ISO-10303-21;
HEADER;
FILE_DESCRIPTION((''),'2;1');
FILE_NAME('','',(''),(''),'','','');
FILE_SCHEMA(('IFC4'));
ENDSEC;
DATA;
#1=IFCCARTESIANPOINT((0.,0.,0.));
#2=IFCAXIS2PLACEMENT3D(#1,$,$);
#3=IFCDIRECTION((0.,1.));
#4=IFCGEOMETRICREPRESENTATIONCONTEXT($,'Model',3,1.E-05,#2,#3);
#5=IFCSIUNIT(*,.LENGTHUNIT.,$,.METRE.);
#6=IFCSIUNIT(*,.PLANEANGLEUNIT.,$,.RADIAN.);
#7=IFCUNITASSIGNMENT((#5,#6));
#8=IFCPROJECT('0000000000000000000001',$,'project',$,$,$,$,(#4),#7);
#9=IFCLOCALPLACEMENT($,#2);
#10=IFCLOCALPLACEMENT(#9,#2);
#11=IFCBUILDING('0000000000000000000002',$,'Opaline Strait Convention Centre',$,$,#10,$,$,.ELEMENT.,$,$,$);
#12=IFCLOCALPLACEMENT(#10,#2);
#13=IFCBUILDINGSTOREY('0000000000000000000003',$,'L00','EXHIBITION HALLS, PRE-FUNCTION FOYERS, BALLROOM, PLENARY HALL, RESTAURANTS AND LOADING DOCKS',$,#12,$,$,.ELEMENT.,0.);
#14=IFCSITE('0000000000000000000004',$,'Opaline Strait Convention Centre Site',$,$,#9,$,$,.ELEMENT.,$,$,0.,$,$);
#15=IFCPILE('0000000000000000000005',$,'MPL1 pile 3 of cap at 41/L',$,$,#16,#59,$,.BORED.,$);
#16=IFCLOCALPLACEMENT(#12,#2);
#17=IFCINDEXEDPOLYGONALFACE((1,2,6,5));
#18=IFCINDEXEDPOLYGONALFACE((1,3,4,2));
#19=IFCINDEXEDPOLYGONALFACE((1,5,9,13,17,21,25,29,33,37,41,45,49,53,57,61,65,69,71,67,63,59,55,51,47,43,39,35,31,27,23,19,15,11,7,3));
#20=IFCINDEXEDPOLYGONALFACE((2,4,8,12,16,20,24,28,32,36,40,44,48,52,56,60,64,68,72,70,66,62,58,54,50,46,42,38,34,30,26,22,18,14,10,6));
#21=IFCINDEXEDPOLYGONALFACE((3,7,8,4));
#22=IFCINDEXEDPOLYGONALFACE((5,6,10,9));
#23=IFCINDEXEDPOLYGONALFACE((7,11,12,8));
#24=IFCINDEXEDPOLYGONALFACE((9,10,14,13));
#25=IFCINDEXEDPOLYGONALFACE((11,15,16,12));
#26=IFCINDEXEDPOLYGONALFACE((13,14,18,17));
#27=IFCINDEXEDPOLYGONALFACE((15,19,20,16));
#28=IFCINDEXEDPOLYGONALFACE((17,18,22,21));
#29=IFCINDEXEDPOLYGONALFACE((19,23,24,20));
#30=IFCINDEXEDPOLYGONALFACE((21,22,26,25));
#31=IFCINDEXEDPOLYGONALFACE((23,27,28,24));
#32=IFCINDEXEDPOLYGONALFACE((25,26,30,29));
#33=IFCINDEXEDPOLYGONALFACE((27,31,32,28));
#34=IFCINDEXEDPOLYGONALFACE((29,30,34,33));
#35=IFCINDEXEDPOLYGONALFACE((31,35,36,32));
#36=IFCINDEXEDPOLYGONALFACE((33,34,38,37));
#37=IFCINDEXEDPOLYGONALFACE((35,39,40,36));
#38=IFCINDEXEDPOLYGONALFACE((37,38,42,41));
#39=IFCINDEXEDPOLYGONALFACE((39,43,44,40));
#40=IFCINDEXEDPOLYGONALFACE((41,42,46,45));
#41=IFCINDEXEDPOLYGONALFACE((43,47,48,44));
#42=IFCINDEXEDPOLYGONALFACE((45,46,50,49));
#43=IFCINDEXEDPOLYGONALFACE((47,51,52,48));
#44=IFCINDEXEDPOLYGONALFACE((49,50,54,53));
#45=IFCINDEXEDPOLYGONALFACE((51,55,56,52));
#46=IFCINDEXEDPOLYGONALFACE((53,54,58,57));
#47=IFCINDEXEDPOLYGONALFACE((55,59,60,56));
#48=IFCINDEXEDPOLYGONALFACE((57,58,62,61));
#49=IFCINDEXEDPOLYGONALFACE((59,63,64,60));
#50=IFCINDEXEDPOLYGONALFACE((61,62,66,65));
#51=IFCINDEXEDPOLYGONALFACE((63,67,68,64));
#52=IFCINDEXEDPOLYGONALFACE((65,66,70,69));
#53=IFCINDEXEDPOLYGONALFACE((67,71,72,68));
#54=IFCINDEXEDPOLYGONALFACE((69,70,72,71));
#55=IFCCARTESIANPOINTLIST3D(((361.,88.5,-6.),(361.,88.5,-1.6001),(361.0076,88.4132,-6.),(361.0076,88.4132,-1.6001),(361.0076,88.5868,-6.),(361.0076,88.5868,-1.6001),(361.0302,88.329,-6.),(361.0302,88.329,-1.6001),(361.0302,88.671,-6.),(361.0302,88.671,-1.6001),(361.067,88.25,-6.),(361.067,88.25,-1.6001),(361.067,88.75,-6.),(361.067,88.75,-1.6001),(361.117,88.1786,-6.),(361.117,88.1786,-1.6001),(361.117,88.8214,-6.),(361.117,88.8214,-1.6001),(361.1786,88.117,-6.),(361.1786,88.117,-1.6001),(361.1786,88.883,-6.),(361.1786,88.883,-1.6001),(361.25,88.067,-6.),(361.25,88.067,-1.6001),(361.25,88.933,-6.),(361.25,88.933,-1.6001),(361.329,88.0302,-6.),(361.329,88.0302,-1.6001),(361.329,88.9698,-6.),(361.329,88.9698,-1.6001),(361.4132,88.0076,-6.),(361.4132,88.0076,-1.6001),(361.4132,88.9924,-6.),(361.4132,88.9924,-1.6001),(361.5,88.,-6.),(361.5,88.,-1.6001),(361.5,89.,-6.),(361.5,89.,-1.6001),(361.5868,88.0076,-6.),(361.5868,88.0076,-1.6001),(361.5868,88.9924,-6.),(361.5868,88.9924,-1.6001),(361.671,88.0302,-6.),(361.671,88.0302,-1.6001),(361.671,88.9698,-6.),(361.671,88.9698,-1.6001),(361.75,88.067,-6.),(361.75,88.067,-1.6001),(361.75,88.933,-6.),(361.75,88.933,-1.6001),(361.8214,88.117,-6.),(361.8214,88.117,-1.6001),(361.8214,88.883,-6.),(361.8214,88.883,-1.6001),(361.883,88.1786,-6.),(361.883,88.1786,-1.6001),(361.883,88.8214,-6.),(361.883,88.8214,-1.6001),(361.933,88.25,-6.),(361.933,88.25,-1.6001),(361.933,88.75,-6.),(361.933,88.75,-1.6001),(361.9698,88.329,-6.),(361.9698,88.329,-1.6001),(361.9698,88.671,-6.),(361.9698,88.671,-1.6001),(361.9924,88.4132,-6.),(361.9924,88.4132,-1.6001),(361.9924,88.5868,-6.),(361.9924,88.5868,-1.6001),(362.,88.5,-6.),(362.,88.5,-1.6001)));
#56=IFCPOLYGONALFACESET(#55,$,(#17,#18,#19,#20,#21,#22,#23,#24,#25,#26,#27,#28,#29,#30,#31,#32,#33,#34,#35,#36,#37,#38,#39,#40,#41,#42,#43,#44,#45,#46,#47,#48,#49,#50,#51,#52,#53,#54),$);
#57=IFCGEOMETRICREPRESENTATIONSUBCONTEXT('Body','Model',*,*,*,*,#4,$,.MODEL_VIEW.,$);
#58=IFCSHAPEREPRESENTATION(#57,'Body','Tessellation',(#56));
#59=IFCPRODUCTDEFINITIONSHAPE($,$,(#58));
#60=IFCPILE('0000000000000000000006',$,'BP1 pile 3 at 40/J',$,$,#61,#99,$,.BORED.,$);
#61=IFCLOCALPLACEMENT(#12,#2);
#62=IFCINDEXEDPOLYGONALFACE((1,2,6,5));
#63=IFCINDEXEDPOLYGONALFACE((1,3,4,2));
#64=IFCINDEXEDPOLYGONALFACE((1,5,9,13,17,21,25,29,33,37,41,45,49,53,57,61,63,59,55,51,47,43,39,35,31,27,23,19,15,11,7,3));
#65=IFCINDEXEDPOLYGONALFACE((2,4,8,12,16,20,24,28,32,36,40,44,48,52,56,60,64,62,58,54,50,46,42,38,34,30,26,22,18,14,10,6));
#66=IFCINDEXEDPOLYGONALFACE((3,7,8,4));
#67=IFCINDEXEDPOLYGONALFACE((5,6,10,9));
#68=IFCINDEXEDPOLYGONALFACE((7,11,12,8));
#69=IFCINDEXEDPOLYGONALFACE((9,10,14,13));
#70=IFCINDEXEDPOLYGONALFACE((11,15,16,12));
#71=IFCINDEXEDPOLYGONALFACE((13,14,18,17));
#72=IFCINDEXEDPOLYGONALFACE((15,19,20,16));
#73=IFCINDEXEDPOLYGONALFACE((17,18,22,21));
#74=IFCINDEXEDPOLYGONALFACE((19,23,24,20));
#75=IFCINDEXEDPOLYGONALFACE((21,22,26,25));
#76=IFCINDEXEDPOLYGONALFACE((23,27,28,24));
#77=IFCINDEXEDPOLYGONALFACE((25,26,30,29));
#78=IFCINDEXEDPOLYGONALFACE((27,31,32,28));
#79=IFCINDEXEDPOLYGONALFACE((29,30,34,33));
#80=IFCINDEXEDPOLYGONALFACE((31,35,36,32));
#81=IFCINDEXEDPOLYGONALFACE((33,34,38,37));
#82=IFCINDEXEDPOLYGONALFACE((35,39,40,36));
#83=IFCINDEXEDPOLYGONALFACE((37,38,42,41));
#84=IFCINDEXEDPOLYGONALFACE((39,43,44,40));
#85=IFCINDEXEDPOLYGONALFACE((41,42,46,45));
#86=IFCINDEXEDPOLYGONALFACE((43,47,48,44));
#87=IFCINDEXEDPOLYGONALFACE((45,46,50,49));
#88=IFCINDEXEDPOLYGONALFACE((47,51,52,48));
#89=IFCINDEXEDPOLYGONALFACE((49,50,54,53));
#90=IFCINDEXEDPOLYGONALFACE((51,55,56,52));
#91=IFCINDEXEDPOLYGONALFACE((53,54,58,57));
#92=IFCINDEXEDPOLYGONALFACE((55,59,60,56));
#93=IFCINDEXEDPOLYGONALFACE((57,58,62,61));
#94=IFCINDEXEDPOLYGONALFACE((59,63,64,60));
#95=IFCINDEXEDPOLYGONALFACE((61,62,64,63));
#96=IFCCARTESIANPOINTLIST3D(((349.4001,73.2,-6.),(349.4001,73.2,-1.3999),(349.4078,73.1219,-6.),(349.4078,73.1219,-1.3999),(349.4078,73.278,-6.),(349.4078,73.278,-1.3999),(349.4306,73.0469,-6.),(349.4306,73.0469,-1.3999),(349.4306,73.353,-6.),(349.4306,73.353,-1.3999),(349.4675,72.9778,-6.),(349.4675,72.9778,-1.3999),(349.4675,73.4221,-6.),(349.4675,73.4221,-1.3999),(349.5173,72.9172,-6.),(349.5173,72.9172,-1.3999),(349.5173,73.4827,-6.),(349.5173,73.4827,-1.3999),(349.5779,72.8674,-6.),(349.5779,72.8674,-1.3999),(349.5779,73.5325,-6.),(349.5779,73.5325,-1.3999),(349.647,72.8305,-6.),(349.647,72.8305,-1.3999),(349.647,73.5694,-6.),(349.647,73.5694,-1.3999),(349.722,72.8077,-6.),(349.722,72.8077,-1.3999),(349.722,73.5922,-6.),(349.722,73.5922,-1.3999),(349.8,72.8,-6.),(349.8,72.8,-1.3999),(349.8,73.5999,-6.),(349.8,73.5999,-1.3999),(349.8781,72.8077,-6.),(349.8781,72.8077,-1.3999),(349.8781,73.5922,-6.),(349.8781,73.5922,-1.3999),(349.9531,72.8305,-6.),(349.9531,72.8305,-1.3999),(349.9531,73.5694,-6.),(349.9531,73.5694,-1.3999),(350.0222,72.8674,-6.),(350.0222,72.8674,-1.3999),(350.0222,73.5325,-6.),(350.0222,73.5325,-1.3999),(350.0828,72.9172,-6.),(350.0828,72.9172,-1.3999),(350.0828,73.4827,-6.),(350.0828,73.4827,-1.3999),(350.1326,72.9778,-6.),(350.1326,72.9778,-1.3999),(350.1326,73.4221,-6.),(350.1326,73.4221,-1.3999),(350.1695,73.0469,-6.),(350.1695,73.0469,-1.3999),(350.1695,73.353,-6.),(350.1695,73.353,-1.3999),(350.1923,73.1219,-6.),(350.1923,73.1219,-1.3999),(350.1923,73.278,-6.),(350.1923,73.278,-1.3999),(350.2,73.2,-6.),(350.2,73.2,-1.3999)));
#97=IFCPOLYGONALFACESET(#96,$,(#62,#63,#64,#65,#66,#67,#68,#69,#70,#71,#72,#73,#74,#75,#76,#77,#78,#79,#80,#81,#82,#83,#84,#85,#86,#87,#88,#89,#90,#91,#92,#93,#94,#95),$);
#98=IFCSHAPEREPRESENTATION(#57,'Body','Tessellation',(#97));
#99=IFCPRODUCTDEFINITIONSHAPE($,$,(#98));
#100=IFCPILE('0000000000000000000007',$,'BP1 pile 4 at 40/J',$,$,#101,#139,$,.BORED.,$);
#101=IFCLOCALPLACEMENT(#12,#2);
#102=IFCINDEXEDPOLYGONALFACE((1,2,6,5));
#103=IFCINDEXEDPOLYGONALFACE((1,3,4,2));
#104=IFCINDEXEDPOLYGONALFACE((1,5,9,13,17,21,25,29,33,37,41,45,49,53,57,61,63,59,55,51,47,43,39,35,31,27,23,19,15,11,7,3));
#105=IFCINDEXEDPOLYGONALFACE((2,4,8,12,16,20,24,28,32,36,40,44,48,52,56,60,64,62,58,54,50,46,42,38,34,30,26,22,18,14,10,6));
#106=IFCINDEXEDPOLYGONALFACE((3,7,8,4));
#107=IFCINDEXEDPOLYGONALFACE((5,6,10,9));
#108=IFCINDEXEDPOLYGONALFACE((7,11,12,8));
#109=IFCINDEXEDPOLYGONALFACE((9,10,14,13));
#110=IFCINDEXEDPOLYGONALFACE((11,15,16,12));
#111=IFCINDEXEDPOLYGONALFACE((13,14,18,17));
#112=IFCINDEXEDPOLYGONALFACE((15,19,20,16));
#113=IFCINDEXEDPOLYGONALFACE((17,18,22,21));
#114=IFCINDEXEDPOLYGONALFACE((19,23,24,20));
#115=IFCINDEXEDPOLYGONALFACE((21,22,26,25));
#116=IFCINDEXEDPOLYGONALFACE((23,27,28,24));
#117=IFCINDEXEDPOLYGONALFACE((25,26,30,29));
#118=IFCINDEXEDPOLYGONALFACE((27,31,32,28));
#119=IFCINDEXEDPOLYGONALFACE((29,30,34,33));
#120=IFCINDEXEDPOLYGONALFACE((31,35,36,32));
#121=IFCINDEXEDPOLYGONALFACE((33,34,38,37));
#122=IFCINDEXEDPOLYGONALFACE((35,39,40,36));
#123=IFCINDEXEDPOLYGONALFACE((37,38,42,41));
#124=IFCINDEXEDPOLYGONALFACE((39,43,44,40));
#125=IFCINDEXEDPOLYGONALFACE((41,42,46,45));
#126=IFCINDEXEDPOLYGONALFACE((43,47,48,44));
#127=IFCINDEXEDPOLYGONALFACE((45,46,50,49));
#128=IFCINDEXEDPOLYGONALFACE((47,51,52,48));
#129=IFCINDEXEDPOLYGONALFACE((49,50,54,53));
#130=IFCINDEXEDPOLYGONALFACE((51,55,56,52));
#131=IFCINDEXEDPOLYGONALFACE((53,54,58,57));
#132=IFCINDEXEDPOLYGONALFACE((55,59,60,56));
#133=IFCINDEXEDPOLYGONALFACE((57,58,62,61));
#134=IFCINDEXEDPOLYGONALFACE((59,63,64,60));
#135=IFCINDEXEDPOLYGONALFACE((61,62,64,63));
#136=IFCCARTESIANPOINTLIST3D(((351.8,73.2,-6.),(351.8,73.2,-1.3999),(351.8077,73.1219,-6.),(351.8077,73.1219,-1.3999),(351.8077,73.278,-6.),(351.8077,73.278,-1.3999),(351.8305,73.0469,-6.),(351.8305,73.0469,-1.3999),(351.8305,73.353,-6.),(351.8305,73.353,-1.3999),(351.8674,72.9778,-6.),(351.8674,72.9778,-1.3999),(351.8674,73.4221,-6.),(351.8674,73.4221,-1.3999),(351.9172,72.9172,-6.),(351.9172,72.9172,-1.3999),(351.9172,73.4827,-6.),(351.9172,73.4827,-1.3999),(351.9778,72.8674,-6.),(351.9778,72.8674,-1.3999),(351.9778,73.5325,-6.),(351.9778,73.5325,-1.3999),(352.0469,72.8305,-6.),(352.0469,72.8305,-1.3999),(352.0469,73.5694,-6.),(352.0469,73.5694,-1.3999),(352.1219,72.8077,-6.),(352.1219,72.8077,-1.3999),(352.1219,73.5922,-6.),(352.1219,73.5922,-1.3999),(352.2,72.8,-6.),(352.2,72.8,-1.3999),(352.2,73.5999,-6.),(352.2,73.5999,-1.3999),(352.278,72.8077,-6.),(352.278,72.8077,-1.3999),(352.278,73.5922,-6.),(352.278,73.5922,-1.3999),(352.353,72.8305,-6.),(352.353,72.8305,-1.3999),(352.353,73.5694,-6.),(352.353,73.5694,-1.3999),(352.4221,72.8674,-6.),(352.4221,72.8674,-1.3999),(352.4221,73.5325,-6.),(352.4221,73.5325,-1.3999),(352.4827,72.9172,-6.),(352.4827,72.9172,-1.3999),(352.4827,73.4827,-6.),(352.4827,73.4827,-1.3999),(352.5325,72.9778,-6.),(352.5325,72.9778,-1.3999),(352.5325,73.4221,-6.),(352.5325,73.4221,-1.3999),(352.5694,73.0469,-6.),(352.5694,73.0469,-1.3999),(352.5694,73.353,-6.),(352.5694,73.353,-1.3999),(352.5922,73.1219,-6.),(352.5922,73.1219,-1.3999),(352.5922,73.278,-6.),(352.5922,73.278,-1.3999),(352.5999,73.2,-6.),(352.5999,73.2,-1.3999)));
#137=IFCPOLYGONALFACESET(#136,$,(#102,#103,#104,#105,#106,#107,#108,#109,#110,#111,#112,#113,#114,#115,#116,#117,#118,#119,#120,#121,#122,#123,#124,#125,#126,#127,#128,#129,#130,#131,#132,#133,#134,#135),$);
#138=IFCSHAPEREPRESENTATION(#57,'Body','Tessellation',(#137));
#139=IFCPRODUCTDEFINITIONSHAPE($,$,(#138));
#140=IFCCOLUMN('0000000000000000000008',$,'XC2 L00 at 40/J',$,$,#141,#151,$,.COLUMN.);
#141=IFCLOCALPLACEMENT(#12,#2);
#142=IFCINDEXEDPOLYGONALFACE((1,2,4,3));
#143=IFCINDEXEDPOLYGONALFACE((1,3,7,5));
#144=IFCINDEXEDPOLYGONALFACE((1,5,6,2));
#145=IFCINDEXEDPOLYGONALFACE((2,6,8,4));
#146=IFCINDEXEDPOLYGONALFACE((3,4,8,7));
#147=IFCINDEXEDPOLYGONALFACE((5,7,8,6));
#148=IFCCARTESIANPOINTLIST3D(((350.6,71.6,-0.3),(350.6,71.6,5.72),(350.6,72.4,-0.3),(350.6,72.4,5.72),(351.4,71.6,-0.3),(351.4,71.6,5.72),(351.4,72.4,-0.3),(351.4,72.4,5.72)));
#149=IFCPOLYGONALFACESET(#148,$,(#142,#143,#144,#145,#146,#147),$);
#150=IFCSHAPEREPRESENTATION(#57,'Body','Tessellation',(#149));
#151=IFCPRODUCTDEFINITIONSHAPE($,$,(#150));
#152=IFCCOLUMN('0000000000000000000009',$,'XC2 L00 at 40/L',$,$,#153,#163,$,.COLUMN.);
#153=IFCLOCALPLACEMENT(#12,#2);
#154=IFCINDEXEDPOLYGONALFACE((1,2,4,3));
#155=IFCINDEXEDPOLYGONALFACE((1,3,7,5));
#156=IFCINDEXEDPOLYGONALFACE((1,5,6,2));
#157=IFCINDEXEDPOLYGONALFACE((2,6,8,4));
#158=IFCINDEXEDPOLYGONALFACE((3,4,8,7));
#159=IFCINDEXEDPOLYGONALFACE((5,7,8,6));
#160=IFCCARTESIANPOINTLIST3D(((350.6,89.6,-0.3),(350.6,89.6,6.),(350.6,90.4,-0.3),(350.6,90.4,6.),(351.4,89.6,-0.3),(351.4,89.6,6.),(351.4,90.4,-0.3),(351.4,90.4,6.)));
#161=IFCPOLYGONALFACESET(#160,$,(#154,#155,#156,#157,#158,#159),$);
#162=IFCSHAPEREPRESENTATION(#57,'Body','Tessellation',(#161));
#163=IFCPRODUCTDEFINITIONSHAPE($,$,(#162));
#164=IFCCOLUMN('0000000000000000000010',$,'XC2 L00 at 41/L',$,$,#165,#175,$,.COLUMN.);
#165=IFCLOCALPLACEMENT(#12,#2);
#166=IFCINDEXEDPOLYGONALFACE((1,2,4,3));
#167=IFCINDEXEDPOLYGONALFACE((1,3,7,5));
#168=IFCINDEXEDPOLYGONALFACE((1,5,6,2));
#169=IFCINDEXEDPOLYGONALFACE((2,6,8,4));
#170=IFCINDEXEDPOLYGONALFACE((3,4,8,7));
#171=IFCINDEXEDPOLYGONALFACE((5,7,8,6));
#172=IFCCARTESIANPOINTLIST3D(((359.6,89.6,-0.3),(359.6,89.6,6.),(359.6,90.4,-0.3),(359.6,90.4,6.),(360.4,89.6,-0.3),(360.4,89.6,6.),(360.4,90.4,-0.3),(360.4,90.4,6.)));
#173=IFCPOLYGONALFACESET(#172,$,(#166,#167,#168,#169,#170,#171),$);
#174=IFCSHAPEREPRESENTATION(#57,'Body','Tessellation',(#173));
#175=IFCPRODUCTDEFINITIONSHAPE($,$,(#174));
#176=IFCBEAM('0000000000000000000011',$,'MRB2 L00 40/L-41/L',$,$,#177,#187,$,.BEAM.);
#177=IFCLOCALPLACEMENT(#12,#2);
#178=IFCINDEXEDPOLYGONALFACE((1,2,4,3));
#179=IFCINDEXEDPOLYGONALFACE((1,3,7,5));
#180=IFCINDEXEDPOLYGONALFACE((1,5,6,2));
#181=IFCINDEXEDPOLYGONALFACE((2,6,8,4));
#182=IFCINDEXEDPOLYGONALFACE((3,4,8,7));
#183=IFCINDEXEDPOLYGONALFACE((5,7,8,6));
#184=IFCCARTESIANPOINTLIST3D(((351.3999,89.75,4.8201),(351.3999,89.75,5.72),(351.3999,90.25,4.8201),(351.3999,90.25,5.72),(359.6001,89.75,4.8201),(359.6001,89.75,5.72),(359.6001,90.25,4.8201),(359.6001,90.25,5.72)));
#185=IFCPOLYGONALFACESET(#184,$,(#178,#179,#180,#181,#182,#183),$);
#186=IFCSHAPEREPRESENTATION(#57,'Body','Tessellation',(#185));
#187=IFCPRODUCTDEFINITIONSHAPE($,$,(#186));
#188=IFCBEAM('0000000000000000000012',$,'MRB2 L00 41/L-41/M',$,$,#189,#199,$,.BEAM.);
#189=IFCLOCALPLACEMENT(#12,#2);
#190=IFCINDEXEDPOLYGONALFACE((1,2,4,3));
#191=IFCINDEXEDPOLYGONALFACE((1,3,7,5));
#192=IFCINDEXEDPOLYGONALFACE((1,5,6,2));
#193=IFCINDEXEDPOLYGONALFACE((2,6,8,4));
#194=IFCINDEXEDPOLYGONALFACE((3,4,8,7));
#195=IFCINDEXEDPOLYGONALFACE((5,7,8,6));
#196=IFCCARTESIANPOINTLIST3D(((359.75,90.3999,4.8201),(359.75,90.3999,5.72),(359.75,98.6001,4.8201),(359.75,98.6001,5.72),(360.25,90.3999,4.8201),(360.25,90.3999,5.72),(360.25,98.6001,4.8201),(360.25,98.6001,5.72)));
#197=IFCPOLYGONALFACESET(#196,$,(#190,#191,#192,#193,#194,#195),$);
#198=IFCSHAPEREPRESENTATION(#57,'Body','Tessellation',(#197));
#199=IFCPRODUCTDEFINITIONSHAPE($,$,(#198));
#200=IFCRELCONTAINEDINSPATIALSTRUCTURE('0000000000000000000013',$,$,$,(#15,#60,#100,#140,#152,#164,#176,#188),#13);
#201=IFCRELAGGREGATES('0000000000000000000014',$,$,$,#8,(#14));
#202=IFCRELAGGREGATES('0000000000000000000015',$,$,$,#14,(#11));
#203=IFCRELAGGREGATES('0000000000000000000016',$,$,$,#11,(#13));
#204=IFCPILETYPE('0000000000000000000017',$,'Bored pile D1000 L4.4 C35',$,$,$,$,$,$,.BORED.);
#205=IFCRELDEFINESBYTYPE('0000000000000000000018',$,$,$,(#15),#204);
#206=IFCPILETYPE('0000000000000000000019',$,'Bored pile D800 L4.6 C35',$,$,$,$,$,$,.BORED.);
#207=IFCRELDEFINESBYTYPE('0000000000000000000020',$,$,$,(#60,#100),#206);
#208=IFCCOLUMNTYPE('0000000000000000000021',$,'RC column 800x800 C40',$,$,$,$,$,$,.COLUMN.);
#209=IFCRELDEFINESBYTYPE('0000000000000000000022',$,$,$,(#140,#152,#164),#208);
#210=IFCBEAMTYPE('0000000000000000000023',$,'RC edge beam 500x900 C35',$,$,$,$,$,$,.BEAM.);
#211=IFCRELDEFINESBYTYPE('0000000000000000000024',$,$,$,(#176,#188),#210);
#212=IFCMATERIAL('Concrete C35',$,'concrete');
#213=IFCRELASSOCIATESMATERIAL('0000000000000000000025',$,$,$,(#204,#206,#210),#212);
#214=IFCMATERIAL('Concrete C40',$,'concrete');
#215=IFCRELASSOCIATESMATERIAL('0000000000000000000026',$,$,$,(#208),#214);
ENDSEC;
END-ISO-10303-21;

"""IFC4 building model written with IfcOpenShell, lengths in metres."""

from ifc_helpers import new_model, si_unit, direction, frame, origin, origin_2d, place, context, subcontext, project, spatial, rectangle, circle, extrude, material, material_profile, profile_set, type_object, element, save


model = new_model("IFC4")

# Units and contexts
model_context = context("Model", 3, precision=1e-05, world=origin(), true_north=direction((0.0, 1.0)))
body_context = subcontext(model_context, "Body", "Model", "MODEL_VIEW")
ifc_project = project(units=[si_unit("LENGTHUNIT", "METRE"), si_unit("PLANEANGLEUNIT", "RADIAN")], contexts=[model_context])

# Site, building, storey
site_placement = place(None, origin())
site = spatial("IfcSite", under=ifc_project, at=site_placement, Name="Opaline Strait Convention Centre Site", CompositionType="ELEMENT", RefElevation=0.0)
building_placement = place(site_placement, origin())
building = spatial("IfcBuilding", under=site, at=building_placement, Name="Opaline Strait Convention Centre", CompositionType="ELEMENT")
storey_placement = place(building_placement, origin())
storey = spatial("IfcBuildingStorey", under=building, at=storey_placement, Name="L00", Description="EXHIBITION HALLS, PRE-FUNCTION FOYERS, BALLROOM, PLENARY HALL, RESTAURANTS AND LOADING DOCKS", CompositionType="ELEMENT", Elevation=0.0)

# Piles
ifc_material_1 = material(Name="Concrete C35", Category="concrete")
ifc_material_profile_1 = material_profile(ifc_material_1, circle(Radius=0.5, at=origin_2d()), Name="D1000")
ifc_profile_set_1 = profile_set([ifc_material_profile_1], Name="Concrete C35")
pile_type_1 = type_object("IfcPileType", Name="Bored pile D1000 L4.4 C35", PredefinedType="BORED", material=ifc_profile_set_1)
for number, where, z_axis, x_axis, name in (
    (1, (361.5, 88.5, -1.6001), (0.0, 0.0, -1.0), (1.0, 0.0, 0.0), "MPL1 pile 3 of cap at 41/L"),
):
    element("IfcPile", number, at=place(storey_placement, frame(where, z_axis=z_axis, x_axis=x_axis)), inside=storey, type_object=pile_type_1, Name=name, PredefinedType="BORED", context=body_context, shape_type="SweptSolid", body=[
        extrude(circle(Radius=0.5, at=origin_2d()), origin(), (0.0, 0.0, 1.0), 4.3999),
    ])
ifc_material_profile_2 = material_profile(ifc_material_1, circle(Radius=0.3999, at=origin_2d()), Name="D800")
ifc_profile_set_2 = profile_set([ifc_material_profile_2], Name="Concrete C35")
pile_type_2 = type_object("IfcPileType", Name="Bored pile D800 L4.6 C35", PredefinedType="BORED", material=ifc_profile_set_2)
for number, where, z_axis, x_axis, name in (
    (2, (349.8, 73.2, -1.3999), (0.0, 0.0, -1.0), (1.0, 0.0, 0.0), "BP1 pile 3 at 40/J"),
    (3, (352.2, 73.2, -1.3999), (0.0, 0.0, -1.0), (1.0, 0.0, 0.0), "BP1 pile 4 at 40/J"),
):
    element("IfcPile", number, at=place(storey_placement, frame(where, z_axis=z_axis, x_axis=x_axis)), inside=storey, type_object=pile_type_2, Name=name, PredefinedType="BORED", context=body_context, shape_type="SweptSolid", body=[
        extrude(circle(Radius=0.3999, at=origin_2d()), origin(), (0.0, 0.0, 1.0), 4.6001),
    ])

# Columns
ifc_material_2 = material(Name="Concrete C40", Category="concrete")
ifc_material_profile_3 = material_profile(ifc_material_2, rectangle(XDim=0.8, YDim=0.8, at=origin_2d()), Name="RC 800x800")
ifc_profile_set_3 = profile_set([ifc_material_profile_3], Name="Concrete C40")
column_type = type_object("IfcColumnType", Name="RC column 800x800 C40", PredefinedType="COLUMN", material=ifc_profile_set_3)
column_placement = place(storey_placement, frame((351.0, 72.0, -0.3), z_axis=(0.0, 0.0, 1.0), x_axis=(1.0, 0.0, 0.0)))
element("IfcColumn", 4, at=column_placement, inside=storey, type_object=column_type, Name="XC2 L00 at 40/J", PredefinedType="COLUMN", context=body_context, shape_type="SweptSolid", body=[
    extrude(rectangle(XDim=0.8, YDim=0.8, at=origin_2d()), origin(), (0.0, 0.0, 1.0), 6.02),
])
for number, where, z_axis, x_axis, name in (
    (5, (351.0, 90.0, -0.3), (0.0, 0.0, 1.0), (1.0, 0.0, 0.0), "XC2 L00 at 40/L"),
    (6, (360.0, 90.0, -0.3), (0.0, 0.0, 1.0), (1.0, 0.0, 0.0), "XC2 L00 at 41/L"),
):
    element("IfcColumn", number, at=place(storey_placement, frame(where, z_axis=z_axis, x_axis=x_axis)), inside=storey, type_object=column_type, Name=name, PredefinedType="COLUMN", context=body_context, shape_type="SweptSolid", body=[
        extrude(rectangle(XDim=0.8, YDim=0.8, at=origin_2d()), origin(), (0.0, 0.0, 1.0), 6.3),
    ])

# Beams
ifc_material_profile_4 = material_profile(ifc_material_1, rectangle(XDim=0.5, YDim=0.8999, at=origin_2d()), Name="RC 500x900")
ifc_profile_set_4 = profile_set([ifc_material_profile_4], Name="Concrete C35")
beam_type = type_object("IfcBeamType", Name="RC edge beam 500x900 C35", PredefinedType="BEAM", material=ifc_profile_set_4)
for number, where, z_axis, x_axis, name in (
    (7, (351.3999, 90.0, 5.27), (1.0, 0.0, 0.0), (0.0, 1.0, 0.0), "MRB2 L00 40/L-41/L"),
    (8, (360.0, 90.3999, 5.27), (0.0, 1.0, 0.0), (-1.0, 0.0, 0.0), "MRB2 L00 41/L-41/M"),
):
    element("IfcBeam", number, at=place(storey_placement, frame(where, z_axis=z_axis, x_axis=x_axis)), inside=storey, type_object=beam_type, Name=name, PredefinedType="BEAM", context=body_context, shape_type="SweptSolid", body=[
        extrude(rectangle(XDim=0.5, YDim=0.8999, at=origin_2d()), origin(), (0.0, 0.0, 1.0), 8.2002),
    ])

save(model, "model.ifc")
